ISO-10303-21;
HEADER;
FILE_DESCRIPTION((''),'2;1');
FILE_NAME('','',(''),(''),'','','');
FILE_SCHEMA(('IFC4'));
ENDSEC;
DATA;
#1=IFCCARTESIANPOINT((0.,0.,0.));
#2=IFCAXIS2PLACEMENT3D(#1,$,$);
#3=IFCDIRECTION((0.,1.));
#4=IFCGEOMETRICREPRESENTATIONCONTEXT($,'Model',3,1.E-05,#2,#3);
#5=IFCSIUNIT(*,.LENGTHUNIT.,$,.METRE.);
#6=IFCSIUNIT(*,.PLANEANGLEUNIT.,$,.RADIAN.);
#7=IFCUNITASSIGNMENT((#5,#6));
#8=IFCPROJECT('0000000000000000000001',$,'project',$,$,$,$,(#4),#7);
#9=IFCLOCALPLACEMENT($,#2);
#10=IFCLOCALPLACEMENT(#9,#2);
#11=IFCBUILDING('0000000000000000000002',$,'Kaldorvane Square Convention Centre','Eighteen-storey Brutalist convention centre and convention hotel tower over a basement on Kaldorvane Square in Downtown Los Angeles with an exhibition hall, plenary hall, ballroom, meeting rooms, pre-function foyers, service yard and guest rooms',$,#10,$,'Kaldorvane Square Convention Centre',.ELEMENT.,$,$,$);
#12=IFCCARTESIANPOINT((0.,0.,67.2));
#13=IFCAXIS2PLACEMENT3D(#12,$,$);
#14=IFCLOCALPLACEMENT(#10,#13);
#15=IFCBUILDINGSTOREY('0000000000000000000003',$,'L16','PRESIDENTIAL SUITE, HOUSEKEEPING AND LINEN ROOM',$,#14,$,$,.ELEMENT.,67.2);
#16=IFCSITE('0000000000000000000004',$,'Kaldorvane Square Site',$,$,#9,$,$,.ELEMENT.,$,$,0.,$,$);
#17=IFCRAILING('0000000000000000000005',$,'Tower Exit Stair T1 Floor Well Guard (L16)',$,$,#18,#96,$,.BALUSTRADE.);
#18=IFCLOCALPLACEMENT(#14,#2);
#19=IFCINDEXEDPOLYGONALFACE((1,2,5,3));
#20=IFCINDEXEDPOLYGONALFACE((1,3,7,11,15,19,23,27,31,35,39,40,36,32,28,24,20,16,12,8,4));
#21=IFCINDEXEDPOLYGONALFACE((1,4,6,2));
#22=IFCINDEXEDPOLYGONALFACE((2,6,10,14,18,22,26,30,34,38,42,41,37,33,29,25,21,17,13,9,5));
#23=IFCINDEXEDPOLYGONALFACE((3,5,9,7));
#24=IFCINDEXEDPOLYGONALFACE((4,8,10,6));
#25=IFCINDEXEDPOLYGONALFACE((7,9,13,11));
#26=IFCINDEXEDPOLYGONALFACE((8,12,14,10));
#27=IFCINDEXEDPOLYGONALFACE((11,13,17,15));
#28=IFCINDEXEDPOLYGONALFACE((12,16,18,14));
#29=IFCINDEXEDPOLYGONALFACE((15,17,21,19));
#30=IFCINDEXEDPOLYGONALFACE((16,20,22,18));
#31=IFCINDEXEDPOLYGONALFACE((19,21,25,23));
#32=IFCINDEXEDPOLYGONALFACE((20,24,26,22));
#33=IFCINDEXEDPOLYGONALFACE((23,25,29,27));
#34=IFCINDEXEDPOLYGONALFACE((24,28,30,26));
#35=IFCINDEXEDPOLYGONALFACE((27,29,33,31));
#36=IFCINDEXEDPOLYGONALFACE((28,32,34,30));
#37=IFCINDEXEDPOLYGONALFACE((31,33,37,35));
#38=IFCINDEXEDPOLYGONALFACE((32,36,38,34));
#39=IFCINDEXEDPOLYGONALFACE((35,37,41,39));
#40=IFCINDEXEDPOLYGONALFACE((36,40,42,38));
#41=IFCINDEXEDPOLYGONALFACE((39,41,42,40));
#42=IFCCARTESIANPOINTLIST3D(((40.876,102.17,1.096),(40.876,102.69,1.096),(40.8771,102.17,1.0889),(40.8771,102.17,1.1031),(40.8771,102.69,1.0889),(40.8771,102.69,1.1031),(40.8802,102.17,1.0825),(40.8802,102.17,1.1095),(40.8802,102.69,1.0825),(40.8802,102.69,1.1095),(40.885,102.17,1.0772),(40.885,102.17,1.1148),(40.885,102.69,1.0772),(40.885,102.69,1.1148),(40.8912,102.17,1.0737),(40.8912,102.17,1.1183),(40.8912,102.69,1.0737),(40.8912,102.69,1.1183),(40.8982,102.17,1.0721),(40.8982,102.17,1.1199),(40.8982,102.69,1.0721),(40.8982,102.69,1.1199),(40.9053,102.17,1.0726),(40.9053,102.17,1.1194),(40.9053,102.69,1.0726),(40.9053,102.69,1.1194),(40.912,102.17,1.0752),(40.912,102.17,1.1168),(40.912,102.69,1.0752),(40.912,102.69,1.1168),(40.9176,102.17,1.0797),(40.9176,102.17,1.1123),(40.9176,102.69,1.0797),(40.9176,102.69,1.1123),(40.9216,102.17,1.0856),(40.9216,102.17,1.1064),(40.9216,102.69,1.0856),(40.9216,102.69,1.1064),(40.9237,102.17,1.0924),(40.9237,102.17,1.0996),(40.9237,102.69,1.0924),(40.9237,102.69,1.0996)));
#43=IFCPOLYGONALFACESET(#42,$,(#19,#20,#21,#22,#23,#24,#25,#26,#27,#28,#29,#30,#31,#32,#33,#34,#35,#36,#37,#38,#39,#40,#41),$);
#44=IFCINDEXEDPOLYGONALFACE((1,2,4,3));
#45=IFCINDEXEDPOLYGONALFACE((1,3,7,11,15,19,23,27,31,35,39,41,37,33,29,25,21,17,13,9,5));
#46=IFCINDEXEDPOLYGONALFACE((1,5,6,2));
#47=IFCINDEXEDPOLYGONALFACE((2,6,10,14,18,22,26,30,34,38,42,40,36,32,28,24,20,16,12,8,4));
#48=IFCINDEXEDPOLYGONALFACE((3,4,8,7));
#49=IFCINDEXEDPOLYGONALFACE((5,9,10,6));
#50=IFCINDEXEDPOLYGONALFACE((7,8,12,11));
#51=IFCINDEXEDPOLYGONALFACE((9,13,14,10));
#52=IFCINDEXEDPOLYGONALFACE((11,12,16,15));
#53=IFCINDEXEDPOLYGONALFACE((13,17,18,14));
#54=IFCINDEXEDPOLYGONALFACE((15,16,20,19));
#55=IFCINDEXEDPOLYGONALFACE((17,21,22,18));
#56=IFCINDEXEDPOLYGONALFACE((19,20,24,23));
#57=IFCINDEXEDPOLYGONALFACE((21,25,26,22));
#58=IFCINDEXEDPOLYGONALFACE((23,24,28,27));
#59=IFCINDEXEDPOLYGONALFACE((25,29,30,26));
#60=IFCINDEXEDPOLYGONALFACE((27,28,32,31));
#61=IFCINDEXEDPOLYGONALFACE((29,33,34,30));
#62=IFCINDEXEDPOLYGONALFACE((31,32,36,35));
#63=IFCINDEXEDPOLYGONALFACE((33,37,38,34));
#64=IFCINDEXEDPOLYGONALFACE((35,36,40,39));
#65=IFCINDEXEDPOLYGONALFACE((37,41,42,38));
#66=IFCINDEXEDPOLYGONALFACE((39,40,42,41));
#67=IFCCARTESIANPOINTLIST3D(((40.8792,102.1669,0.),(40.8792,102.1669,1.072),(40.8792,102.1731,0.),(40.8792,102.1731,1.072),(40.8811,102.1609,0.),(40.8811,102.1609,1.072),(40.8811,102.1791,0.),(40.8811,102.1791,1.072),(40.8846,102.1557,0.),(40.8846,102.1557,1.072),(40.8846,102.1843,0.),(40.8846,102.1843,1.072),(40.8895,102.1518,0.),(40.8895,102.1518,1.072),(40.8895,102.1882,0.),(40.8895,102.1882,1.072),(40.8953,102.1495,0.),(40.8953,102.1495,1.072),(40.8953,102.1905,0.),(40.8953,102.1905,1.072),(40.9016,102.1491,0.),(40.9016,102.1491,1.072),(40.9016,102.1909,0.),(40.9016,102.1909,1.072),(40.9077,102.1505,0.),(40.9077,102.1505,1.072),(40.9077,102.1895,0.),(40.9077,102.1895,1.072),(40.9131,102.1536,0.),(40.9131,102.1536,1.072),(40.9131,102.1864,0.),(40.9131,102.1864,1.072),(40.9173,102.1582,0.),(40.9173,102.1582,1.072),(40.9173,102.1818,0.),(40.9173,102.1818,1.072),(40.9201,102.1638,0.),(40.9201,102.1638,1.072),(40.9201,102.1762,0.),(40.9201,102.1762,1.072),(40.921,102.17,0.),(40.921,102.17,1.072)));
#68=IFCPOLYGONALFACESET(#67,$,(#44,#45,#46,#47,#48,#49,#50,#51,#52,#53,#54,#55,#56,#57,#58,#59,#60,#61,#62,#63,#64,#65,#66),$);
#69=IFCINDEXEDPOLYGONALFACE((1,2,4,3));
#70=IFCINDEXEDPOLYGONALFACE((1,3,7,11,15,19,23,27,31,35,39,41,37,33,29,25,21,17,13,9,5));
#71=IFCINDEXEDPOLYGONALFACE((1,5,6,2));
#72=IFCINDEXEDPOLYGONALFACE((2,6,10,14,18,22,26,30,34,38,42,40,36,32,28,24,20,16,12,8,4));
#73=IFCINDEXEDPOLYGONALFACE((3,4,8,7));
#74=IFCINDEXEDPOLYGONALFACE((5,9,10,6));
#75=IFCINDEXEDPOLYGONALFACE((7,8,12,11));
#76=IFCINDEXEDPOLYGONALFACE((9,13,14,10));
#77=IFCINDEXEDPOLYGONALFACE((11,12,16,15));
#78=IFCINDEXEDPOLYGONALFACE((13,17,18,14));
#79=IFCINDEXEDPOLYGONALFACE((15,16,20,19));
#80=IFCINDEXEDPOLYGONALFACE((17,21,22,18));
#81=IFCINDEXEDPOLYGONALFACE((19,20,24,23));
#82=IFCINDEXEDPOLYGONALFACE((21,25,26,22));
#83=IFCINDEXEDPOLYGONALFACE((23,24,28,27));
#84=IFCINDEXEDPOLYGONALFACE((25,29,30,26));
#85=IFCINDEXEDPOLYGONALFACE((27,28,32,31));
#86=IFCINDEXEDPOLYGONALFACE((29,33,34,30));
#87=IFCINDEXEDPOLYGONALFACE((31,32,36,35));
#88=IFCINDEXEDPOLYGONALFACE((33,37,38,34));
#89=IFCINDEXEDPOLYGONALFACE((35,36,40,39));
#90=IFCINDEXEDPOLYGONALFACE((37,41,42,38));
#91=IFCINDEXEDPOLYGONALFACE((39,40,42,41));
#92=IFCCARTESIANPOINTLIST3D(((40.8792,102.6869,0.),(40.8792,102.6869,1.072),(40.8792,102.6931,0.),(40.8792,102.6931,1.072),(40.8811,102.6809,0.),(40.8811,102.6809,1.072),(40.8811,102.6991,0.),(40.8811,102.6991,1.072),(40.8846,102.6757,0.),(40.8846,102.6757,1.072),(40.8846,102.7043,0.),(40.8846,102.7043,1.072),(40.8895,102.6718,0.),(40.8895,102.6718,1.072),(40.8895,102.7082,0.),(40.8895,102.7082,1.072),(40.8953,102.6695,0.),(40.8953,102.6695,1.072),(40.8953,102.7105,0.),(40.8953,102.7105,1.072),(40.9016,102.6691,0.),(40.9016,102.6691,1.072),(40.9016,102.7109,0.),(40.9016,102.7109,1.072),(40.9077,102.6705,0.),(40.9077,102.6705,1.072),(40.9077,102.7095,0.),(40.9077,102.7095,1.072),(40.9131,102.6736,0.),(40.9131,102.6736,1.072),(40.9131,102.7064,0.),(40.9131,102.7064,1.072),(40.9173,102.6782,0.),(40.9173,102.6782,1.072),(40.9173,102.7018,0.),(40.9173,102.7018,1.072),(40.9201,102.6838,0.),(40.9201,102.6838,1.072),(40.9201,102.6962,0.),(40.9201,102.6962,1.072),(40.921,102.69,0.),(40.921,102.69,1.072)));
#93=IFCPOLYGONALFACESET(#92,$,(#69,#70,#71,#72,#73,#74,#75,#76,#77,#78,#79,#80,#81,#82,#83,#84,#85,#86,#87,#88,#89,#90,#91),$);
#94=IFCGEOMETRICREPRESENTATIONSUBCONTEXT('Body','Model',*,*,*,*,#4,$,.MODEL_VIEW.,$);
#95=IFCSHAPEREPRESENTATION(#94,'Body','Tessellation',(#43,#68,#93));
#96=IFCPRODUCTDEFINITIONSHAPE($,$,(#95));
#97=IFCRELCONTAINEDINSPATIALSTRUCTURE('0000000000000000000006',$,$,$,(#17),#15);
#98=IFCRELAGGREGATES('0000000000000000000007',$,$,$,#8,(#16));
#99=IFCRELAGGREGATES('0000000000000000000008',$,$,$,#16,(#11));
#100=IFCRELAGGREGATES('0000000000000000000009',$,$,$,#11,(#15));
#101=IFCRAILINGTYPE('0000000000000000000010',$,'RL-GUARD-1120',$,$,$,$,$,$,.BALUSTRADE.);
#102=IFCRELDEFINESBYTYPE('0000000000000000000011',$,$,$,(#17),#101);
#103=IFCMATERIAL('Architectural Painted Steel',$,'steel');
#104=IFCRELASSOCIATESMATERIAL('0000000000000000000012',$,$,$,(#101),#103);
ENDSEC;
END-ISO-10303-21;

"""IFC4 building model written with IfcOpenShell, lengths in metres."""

from ifc_helpers import new_model, si_unit, direction, frame, origin, origin_2d, place, context, subcontext, project, spatial, circle, extrude, material, type_object, element, save


model = new_model("IFC4")

# Units and contexts
model_context = context("Model", 3, precision=1e-05, world=origin(), true_north=direction((0.0, 1.0)))
body_context = subcontext(model_context, "Body", "Model", "MODEL_VIEW")
ifc_project = project(units=[si_unit("LENGTHUNIT", "METRE"), si_unit("PLANEANGLEUNIT", "RADIAN")], contexts=[model_context])

# Site, building, storey
site_placement = place(None, origin())
site = spatial("IfcSite", under=ifc_project, at=site_placement, Name="Kaldorvane Square Site", CompositionType="ELEMENT", RefElevation=0.0)
building_placement = place(site_placement, origin())
building = spatial("IfcBuilding", under=site, at=building_placement, Name="Kaldorvane Square Convention Centre", Description="Eighteen-storey Brutalist convention centre and convention hotel tower over a basement on Kaldorvane Square in Downtown Los Angeles with an exhibition hall, plenary hall, ballroom, meeting rooms, pre-function foyers, service yard and guest rooms", LongName="Kaldorvane Square Convention Centre", CompositionType="ELEMENT")
storey_placement = place(building_placement, frame((0.0, 0.0, 67.2)))
storey = spatial("IfcBuildingStorey", under=building, at=storey_placement, Name="L16", Description="PRESIDENTIAL SUITE, HOUSEKEEPING AND LINEN ROOM", CompositionType="ELEMENT", Elevation=67.2)

# Railing
ifc_material_1 = material(Name="Architectural Painted Steel", Category="steel")
railing_type = type_object("IfcRailingType", Name="RL-GUARD-1120", PredefinedType="BALUSTRADE", material=ifc_material_1)
railing_1_placement = place(storey_placement, frame((40.9, 102.17, 0.0)))
element("IfcRailing", 1, at=railing_1_placement, inside=storey, type_object=railing_type, Name="Tower Exit Stair T1 Floor Well Guard (L16)", PredefinedType="BALUSTRADE", context=body_context, shape_type="SweptSolid", body=[
    extrude(circle(Radius=0.024, at=origin_2d()), frame((0.0, 0.0, 1.096), z_axis=(0.0, 1.0, 0.0), x_axis=(-1.0, 0.0, 0.0)), (0.0, 0.0, 1.0), 0.52),
    extrude(circle(Radius=0.021, at=origin_2d()), origin(), (0.0, 0.0, 1.0), 1.072),
    extrude(circle(Radius=0.021, at=origin_2d()), frame((0.0, 0.52, 0.0)), (0.0, 0.0, 1.0), 1.072),
])

save(model, "model.ifc")
